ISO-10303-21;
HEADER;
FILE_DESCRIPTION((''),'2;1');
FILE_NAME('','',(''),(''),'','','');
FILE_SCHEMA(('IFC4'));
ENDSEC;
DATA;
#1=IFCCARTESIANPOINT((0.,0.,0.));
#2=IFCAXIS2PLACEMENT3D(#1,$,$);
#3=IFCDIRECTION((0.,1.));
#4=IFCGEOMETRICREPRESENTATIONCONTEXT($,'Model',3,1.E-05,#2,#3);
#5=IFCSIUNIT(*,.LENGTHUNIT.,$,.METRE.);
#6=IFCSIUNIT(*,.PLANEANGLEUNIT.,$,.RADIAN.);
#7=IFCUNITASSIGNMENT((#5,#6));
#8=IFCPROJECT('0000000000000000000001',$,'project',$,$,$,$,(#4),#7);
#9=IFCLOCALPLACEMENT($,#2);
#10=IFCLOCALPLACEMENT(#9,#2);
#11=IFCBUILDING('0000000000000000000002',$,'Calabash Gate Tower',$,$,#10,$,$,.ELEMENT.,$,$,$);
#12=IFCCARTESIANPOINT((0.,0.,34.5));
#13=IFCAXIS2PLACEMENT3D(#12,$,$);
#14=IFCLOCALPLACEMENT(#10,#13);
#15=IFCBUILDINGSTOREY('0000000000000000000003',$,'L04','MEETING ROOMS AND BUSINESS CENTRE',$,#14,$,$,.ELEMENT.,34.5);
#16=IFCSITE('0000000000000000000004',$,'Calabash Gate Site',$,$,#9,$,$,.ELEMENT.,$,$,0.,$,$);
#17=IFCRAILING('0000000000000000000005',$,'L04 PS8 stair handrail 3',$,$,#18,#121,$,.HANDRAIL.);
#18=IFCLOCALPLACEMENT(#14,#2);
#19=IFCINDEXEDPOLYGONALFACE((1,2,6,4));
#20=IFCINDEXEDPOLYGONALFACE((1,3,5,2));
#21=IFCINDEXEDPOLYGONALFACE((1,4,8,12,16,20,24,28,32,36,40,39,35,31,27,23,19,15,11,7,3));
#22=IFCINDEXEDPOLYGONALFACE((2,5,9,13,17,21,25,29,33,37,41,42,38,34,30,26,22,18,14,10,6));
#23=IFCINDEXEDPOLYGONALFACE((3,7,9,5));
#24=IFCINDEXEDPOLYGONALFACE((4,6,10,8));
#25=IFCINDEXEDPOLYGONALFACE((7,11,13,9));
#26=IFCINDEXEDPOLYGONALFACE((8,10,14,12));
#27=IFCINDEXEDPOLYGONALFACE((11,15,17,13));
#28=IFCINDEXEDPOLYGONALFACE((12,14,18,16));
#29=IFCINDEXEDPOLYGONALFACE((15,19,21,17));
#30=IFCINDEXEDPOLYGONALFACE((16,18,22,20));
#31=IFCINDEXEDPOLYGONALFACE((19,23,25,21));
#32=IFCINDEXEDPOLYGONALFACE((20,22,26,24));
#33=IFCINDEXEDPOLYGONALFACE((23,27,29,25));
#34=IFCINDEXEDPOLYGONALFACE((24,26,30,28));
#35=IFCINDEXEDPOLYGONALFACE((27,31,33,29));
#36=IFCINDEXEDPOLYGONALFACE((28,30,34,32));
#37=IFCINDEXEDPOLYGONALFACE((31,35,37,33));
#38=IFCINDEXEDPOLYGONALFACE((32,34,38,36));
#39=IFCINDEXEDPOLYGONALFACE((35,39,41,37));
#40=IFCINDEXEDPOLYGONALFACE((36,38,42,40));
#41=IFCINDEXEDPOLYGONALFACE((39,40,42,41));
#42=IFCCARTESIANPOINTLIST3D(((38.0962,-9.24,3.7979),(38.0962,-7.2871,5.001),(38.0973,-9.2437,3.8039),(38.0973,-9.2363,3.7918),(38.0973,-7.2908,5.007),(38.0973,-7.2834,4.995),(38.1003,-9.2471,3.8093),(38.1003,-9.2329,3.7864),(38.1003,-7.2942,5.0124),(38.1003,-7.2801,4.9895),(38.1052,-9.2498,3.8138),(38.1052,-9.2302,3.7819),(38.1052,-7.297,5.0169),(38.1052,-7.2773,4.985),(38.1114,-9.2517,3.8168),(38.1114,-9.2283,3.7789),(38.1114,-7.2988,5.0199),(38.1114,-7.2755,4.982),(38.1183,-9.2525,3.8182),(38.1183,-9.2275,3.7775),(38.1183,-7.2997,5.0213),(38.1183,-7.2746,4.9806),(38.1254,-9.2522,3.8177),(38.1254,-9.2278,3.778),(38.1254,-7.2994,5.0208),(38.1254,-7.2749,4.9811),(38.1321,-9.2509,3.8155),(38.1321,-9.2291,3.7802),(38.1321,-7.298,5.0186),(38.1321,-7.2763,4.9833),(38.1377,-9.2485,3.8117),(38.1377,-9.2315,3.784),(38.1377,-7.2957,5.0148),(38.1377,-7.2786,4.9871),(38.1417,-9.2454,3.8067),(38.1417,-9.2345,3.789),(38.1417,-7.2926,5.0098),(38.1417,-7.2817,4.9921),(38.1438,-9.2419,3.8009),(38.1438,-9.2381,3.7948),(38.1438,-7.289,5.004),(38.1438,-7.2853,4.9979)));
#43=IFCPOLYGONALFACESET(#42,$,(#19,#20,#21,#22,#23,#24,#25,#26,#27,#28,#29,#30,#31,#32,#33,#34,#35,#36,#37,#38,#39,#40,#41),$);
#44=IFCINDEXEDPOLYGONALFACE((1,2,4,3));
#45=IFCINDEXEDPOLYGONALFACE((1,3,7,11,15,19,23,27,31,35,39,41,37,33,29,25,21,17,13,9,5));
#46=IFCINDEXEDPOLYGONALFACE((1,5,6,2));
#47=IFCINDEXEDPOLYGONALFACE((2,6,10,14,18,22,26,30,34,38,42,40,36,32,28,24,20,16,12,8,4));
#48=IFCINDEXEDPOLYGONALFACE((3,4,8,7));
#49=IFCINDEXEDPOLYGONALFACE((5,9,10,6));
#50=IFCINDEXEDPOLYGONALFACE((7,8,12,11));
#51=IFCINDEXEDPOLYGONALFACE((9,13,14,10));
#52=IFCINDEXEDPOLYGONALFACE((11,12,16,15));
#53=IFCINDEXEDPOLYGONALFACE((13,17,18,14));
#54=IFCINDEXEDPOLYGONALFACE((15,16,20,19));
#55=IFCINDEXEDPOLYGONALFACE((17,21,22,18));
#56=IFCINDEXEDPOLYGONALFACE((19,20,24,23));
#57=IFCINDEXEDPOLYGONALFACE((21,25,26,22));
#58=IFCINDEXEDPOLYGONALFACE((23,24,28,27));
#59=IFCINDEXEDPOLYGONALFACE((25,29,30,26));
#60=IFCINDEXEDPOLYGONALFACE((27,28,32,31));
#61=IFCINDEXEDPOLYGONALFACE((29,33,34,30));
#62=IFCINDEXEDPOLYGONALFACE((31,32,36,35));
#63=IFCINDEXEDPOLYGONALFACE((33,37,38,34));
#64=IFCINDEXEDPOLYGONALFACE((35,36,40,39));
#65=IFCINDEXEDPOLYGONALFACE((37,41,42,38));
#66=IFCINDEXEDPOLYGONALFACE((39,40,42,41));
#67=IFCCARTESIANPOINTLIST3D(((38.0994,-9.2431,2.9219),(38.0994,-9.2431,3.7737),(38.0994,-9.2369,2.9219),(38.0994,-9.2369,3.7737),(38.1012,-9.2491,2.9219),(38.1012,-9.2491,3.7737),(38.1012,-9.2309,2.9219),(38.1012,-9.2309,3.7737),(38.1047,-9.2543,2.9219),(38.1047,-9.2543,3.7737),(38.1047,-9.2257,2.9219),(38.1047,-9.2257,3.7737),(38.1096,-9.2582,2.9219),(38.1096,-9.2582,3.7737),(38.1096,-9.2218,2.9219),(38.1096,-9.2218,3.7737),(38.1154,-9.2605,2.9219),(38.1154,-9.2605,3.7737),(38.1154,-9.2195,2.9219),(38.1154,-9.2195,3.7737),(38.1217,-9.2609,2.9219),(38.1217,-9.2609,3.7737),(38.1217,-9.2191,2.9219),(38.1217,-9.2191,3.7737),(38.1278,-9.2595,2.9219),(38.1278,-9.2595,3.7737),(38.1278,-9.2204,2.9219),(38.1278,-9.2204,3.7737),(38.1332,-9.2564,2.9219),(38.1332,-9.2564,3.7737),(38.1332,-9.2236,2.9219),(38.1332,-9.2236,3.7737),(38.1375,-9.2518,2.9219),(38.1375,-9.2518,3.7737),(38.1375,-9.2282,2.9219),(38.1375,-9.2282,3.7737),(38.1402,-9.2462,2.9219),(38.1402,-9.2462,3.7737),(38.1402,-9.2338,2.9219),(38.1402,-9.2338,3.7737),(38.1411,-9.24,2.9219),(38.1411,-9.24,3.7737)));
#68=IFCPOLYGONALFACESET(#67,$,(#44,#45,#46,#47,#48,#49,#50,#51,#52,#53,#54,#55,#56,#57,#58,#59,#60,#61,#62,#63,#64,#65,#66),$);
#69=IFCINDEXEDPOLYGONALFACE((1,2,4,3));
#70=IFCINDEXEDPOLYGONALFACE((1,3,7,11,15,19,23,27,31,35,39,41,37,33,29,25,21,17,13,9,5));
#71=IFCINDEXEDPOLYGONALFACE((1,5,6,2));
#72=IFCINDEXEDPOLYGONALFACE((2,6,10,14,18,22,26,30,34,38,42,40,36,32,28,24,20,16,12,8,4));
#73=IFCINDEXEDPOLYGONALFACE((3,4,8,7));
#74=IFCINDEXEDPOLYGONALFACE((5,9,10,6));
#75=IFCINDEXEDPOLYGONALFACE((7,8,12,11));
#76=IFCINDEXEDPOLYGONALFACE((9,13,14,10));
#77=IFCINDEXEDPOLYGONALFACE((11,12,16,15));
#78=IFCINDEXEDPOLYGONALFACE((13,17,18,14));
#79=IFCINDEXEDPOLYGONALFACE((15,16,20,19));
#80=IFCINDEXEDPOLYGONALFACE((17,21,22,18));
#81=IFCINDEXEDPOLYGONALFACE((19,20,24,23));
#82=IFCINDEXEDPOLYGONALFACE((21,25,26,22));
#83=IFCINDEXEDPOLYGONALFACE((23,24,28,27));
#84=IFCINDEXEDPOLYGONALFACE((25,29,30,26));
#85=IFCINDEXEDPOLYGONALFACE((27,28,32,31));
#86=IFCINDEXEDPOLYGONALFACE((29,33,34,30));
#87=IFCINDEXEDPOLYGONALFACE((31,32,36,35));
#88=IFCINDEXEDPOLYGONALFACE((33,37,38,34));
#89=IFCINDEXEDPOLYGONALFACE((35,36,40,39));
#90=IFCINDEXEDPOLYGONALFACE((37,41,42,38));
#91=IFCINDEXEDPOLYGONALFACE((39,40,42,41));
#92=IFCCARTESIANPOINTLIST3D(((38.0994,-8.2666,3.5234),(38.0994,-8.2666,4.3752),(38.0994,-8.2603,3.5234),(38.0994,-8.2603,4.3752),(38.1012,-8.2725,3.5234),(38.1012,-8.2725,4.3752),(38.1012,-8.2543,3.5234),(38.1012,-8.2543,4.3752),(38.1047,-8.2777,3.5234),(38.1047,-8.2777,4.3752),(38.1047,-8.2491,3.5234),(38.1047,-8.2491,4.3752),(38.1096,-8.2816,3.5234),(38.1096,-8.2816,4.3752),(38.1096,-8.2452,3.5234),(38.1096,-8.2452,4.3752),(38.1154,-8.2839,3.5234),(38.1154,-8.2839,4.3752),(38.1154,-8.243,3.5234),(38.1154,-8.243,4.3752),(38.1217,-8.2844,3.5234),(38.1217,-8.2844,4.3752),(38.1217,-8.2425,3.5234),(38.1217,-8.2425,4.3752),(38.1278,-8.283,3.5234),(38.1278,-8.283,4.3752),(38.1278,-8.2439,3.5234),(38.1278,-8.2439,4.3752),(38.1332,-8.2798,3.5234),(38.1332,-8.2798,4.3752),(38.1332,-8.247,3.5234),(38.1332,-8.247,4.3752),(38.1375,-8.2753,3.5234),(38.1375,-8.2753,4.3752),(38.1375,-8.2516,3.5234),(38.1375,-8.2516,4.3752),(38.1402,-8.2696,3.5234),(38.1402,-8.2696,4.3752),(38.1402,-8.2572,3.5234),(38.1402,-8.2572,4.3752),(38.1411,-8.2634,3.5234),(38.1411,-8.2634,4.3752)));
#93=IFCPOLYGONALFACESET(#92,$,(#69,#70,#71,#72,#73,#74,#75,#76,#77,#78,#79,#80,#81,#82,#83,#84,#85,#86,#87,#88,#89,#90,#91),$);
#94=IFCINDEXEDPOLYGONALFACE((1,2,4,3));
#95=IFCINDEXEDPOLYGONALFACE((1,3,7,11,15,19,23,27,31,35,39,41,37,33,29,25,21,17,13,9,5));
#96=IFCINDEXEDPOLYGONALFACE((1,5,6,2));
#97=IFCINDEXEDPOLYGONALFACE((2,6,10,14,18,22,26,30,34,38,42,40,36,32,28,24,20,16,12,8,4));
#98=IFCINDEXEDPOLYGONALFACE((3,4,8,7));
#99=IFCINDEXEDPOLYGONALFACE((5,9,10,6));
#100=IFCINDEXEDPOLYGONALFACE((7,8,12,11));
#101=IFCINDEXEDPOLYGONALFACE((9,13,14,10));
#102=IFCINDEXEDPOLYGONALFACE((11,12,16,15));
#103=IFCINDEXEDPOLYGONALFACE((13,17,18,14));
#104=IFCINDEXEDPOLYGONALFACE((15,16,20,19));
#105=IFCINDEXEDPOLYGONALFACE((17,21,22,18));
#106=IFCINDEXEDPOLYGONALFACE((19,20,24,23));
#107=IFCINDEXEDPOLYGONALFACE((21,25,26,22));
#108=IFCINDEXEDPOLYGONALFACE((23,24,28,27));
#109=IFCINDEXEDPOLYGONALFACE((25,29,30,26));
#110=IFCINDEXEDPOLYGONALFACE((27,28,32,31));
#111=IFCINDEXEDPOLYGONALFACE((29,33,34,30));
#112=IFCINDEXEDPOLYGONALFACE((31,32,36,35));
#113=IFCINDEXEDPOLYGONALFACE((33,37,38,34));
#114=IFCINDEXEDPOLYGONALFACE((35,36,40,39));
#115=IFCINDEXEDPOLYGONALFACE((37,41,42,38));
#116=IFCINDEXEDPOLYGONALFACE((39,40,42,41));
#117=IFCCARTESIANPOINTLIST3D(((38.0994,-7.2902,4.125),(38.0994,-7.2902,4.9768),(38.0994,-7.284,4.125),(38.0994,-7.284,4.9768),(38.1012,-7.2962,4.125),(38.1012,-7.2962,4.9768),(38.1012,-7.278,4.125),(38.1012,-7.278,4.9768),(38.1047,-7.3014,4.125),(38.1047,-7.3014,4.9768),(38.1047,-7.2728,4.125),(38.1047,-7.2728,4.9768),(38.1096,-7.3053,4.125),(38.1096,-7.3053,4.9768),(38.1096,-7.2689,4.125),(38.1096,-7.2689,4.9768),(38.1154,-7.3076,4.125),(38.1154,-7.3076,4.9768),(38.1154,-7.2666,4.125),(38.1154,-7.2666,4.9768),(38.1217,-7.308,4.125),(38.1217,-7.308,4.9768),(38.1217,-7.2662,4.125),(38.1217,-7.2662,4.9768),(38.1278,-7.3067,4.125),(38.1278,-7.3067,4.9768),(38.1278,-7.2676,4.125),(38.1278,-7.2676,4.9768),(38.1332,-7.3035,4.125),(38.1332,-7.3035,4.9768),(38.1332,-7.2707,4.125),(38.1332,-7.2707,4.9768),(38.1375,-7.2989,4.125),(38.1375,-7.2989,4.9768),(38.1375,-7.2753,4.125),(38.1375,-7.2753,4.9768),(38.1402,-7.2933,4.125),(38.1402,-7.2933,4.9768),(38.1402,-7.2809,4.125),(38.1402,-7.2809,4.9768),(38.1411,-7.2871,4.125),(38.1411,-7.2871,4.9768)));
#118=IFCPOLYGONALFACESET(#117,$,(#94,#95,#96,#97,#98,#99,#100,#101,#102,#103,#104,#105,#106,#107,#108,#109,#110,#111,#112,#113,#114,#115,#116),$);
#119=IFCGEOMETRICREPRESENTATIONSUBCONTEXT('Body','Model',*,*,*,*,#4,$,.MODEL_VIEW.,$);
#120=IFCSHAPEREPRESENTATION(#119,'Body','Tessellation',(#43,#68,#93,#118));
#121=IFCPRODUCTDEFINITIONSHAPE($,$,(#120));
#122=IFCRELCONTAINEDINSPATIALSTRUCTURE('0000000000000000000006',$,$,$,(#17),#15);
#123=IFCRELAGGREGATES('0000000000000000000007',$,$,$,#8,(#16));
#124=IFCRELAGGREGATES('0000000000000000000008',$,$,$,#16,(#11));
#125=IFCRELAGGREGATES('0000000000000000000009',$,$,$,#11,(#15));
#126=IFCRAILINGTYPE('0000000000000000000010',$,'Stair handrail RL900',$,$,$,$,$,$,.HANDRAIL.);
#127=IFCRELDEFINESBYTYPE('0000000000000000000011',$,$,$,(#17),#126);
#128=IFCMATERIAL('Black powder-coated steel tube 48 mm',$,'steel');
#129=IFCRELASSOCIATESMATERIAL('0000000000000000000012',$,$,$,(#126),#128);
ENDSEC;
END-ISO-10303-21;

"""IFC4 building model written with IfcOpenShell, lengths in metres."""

from ifc_helpers import new_model, si_unit, direction, frame, origin, origin_2d, place, context, subcontext, project, spatial, circle, extrude, material, type_object, element, save


model = new_model("IFC4")

# Units and contexts
model_context = context("Model", 3, precision=1e-05, world=origin(), true_north=direction((0.0, 1.0)))
body_context = subcontext(model_context, "Body", "Model", "MODEL_VIEW")
ifc_project = project(units=[si_unit("LENGTHUNIT", "METRE"), si_unit("PLANEANGLEUNIT", "RADIAN")], contexts=[model_context])

# Site, building, storey
site_placement = place(None, origin())
site = spatial("IfcSite", under=ifc_project, at=site_placement, Name="Calabash Gate Site", CompositionType="ELEMENT", RefElevation=0.0)
building_placement = place(site_placement, origin())
building = spatial("IfcBuilding", under=site, at=building_placement, Name="Calabash Gate Tower", CompositionType="ELEMENT")
storey_placement = place(building_placement, frame((0.0, 0.0, 34.5)))
storey = spatial("IfcBuildingStorey", under=building, at=storey_placement, Name="L04", Description="MEETING ROOMS AND BUSINESS CENTRE", CompositionType="ELEMENT", Elevation=34.5)

# Railing
ifc_material_1 = material(Name="Black powder-coated steel tube 48 mm", Category="steel")
railing_type_1 = type_object("IfcRailingType", Name="Stair handrail RL900", PredefinedType="HANDRAIL", material=ifc_material_1)
railing_1_placement = place(storey_placement, frame((38.1201, -9.24, 2.9219)))
element("IfcRailing", 1, at=railing_1_placement, inside=storey, type_object=railing_type_1, Name="L04 PS8 stair handrail 3", PredefinedType="HANDRAIL", context=body_context, shape_type="SweptSolid", body=[
    extrude(circle(Radius=0.0239, at=origin_2d()), frame((0.0, 0.0, 0.876), z_axis=(0.0, 0.851395, 0.524525), x_axis=(-1.0, 0.0, 0.0)), (0.0, 0.0, 1.0), 2.2937),
    extrude(circle(Radius=0.021, at=origin_2d()), origin(), (0.0, 0.0, 1.0), 0.8518),
    extrude(circle(Radius=0.021, at=origin_2d()), frame((0.0, 0.9766, 0.6016)), (0.0, 0.0, 1.0), 0.8518),
    extrude(circle(Radius=0.021, at=origin_2d()), frame((0.0, 1.9529, 1.2031)), (0.0, 0.0, 1.0), 0.8518),
])

save(model, "model.ifc")
